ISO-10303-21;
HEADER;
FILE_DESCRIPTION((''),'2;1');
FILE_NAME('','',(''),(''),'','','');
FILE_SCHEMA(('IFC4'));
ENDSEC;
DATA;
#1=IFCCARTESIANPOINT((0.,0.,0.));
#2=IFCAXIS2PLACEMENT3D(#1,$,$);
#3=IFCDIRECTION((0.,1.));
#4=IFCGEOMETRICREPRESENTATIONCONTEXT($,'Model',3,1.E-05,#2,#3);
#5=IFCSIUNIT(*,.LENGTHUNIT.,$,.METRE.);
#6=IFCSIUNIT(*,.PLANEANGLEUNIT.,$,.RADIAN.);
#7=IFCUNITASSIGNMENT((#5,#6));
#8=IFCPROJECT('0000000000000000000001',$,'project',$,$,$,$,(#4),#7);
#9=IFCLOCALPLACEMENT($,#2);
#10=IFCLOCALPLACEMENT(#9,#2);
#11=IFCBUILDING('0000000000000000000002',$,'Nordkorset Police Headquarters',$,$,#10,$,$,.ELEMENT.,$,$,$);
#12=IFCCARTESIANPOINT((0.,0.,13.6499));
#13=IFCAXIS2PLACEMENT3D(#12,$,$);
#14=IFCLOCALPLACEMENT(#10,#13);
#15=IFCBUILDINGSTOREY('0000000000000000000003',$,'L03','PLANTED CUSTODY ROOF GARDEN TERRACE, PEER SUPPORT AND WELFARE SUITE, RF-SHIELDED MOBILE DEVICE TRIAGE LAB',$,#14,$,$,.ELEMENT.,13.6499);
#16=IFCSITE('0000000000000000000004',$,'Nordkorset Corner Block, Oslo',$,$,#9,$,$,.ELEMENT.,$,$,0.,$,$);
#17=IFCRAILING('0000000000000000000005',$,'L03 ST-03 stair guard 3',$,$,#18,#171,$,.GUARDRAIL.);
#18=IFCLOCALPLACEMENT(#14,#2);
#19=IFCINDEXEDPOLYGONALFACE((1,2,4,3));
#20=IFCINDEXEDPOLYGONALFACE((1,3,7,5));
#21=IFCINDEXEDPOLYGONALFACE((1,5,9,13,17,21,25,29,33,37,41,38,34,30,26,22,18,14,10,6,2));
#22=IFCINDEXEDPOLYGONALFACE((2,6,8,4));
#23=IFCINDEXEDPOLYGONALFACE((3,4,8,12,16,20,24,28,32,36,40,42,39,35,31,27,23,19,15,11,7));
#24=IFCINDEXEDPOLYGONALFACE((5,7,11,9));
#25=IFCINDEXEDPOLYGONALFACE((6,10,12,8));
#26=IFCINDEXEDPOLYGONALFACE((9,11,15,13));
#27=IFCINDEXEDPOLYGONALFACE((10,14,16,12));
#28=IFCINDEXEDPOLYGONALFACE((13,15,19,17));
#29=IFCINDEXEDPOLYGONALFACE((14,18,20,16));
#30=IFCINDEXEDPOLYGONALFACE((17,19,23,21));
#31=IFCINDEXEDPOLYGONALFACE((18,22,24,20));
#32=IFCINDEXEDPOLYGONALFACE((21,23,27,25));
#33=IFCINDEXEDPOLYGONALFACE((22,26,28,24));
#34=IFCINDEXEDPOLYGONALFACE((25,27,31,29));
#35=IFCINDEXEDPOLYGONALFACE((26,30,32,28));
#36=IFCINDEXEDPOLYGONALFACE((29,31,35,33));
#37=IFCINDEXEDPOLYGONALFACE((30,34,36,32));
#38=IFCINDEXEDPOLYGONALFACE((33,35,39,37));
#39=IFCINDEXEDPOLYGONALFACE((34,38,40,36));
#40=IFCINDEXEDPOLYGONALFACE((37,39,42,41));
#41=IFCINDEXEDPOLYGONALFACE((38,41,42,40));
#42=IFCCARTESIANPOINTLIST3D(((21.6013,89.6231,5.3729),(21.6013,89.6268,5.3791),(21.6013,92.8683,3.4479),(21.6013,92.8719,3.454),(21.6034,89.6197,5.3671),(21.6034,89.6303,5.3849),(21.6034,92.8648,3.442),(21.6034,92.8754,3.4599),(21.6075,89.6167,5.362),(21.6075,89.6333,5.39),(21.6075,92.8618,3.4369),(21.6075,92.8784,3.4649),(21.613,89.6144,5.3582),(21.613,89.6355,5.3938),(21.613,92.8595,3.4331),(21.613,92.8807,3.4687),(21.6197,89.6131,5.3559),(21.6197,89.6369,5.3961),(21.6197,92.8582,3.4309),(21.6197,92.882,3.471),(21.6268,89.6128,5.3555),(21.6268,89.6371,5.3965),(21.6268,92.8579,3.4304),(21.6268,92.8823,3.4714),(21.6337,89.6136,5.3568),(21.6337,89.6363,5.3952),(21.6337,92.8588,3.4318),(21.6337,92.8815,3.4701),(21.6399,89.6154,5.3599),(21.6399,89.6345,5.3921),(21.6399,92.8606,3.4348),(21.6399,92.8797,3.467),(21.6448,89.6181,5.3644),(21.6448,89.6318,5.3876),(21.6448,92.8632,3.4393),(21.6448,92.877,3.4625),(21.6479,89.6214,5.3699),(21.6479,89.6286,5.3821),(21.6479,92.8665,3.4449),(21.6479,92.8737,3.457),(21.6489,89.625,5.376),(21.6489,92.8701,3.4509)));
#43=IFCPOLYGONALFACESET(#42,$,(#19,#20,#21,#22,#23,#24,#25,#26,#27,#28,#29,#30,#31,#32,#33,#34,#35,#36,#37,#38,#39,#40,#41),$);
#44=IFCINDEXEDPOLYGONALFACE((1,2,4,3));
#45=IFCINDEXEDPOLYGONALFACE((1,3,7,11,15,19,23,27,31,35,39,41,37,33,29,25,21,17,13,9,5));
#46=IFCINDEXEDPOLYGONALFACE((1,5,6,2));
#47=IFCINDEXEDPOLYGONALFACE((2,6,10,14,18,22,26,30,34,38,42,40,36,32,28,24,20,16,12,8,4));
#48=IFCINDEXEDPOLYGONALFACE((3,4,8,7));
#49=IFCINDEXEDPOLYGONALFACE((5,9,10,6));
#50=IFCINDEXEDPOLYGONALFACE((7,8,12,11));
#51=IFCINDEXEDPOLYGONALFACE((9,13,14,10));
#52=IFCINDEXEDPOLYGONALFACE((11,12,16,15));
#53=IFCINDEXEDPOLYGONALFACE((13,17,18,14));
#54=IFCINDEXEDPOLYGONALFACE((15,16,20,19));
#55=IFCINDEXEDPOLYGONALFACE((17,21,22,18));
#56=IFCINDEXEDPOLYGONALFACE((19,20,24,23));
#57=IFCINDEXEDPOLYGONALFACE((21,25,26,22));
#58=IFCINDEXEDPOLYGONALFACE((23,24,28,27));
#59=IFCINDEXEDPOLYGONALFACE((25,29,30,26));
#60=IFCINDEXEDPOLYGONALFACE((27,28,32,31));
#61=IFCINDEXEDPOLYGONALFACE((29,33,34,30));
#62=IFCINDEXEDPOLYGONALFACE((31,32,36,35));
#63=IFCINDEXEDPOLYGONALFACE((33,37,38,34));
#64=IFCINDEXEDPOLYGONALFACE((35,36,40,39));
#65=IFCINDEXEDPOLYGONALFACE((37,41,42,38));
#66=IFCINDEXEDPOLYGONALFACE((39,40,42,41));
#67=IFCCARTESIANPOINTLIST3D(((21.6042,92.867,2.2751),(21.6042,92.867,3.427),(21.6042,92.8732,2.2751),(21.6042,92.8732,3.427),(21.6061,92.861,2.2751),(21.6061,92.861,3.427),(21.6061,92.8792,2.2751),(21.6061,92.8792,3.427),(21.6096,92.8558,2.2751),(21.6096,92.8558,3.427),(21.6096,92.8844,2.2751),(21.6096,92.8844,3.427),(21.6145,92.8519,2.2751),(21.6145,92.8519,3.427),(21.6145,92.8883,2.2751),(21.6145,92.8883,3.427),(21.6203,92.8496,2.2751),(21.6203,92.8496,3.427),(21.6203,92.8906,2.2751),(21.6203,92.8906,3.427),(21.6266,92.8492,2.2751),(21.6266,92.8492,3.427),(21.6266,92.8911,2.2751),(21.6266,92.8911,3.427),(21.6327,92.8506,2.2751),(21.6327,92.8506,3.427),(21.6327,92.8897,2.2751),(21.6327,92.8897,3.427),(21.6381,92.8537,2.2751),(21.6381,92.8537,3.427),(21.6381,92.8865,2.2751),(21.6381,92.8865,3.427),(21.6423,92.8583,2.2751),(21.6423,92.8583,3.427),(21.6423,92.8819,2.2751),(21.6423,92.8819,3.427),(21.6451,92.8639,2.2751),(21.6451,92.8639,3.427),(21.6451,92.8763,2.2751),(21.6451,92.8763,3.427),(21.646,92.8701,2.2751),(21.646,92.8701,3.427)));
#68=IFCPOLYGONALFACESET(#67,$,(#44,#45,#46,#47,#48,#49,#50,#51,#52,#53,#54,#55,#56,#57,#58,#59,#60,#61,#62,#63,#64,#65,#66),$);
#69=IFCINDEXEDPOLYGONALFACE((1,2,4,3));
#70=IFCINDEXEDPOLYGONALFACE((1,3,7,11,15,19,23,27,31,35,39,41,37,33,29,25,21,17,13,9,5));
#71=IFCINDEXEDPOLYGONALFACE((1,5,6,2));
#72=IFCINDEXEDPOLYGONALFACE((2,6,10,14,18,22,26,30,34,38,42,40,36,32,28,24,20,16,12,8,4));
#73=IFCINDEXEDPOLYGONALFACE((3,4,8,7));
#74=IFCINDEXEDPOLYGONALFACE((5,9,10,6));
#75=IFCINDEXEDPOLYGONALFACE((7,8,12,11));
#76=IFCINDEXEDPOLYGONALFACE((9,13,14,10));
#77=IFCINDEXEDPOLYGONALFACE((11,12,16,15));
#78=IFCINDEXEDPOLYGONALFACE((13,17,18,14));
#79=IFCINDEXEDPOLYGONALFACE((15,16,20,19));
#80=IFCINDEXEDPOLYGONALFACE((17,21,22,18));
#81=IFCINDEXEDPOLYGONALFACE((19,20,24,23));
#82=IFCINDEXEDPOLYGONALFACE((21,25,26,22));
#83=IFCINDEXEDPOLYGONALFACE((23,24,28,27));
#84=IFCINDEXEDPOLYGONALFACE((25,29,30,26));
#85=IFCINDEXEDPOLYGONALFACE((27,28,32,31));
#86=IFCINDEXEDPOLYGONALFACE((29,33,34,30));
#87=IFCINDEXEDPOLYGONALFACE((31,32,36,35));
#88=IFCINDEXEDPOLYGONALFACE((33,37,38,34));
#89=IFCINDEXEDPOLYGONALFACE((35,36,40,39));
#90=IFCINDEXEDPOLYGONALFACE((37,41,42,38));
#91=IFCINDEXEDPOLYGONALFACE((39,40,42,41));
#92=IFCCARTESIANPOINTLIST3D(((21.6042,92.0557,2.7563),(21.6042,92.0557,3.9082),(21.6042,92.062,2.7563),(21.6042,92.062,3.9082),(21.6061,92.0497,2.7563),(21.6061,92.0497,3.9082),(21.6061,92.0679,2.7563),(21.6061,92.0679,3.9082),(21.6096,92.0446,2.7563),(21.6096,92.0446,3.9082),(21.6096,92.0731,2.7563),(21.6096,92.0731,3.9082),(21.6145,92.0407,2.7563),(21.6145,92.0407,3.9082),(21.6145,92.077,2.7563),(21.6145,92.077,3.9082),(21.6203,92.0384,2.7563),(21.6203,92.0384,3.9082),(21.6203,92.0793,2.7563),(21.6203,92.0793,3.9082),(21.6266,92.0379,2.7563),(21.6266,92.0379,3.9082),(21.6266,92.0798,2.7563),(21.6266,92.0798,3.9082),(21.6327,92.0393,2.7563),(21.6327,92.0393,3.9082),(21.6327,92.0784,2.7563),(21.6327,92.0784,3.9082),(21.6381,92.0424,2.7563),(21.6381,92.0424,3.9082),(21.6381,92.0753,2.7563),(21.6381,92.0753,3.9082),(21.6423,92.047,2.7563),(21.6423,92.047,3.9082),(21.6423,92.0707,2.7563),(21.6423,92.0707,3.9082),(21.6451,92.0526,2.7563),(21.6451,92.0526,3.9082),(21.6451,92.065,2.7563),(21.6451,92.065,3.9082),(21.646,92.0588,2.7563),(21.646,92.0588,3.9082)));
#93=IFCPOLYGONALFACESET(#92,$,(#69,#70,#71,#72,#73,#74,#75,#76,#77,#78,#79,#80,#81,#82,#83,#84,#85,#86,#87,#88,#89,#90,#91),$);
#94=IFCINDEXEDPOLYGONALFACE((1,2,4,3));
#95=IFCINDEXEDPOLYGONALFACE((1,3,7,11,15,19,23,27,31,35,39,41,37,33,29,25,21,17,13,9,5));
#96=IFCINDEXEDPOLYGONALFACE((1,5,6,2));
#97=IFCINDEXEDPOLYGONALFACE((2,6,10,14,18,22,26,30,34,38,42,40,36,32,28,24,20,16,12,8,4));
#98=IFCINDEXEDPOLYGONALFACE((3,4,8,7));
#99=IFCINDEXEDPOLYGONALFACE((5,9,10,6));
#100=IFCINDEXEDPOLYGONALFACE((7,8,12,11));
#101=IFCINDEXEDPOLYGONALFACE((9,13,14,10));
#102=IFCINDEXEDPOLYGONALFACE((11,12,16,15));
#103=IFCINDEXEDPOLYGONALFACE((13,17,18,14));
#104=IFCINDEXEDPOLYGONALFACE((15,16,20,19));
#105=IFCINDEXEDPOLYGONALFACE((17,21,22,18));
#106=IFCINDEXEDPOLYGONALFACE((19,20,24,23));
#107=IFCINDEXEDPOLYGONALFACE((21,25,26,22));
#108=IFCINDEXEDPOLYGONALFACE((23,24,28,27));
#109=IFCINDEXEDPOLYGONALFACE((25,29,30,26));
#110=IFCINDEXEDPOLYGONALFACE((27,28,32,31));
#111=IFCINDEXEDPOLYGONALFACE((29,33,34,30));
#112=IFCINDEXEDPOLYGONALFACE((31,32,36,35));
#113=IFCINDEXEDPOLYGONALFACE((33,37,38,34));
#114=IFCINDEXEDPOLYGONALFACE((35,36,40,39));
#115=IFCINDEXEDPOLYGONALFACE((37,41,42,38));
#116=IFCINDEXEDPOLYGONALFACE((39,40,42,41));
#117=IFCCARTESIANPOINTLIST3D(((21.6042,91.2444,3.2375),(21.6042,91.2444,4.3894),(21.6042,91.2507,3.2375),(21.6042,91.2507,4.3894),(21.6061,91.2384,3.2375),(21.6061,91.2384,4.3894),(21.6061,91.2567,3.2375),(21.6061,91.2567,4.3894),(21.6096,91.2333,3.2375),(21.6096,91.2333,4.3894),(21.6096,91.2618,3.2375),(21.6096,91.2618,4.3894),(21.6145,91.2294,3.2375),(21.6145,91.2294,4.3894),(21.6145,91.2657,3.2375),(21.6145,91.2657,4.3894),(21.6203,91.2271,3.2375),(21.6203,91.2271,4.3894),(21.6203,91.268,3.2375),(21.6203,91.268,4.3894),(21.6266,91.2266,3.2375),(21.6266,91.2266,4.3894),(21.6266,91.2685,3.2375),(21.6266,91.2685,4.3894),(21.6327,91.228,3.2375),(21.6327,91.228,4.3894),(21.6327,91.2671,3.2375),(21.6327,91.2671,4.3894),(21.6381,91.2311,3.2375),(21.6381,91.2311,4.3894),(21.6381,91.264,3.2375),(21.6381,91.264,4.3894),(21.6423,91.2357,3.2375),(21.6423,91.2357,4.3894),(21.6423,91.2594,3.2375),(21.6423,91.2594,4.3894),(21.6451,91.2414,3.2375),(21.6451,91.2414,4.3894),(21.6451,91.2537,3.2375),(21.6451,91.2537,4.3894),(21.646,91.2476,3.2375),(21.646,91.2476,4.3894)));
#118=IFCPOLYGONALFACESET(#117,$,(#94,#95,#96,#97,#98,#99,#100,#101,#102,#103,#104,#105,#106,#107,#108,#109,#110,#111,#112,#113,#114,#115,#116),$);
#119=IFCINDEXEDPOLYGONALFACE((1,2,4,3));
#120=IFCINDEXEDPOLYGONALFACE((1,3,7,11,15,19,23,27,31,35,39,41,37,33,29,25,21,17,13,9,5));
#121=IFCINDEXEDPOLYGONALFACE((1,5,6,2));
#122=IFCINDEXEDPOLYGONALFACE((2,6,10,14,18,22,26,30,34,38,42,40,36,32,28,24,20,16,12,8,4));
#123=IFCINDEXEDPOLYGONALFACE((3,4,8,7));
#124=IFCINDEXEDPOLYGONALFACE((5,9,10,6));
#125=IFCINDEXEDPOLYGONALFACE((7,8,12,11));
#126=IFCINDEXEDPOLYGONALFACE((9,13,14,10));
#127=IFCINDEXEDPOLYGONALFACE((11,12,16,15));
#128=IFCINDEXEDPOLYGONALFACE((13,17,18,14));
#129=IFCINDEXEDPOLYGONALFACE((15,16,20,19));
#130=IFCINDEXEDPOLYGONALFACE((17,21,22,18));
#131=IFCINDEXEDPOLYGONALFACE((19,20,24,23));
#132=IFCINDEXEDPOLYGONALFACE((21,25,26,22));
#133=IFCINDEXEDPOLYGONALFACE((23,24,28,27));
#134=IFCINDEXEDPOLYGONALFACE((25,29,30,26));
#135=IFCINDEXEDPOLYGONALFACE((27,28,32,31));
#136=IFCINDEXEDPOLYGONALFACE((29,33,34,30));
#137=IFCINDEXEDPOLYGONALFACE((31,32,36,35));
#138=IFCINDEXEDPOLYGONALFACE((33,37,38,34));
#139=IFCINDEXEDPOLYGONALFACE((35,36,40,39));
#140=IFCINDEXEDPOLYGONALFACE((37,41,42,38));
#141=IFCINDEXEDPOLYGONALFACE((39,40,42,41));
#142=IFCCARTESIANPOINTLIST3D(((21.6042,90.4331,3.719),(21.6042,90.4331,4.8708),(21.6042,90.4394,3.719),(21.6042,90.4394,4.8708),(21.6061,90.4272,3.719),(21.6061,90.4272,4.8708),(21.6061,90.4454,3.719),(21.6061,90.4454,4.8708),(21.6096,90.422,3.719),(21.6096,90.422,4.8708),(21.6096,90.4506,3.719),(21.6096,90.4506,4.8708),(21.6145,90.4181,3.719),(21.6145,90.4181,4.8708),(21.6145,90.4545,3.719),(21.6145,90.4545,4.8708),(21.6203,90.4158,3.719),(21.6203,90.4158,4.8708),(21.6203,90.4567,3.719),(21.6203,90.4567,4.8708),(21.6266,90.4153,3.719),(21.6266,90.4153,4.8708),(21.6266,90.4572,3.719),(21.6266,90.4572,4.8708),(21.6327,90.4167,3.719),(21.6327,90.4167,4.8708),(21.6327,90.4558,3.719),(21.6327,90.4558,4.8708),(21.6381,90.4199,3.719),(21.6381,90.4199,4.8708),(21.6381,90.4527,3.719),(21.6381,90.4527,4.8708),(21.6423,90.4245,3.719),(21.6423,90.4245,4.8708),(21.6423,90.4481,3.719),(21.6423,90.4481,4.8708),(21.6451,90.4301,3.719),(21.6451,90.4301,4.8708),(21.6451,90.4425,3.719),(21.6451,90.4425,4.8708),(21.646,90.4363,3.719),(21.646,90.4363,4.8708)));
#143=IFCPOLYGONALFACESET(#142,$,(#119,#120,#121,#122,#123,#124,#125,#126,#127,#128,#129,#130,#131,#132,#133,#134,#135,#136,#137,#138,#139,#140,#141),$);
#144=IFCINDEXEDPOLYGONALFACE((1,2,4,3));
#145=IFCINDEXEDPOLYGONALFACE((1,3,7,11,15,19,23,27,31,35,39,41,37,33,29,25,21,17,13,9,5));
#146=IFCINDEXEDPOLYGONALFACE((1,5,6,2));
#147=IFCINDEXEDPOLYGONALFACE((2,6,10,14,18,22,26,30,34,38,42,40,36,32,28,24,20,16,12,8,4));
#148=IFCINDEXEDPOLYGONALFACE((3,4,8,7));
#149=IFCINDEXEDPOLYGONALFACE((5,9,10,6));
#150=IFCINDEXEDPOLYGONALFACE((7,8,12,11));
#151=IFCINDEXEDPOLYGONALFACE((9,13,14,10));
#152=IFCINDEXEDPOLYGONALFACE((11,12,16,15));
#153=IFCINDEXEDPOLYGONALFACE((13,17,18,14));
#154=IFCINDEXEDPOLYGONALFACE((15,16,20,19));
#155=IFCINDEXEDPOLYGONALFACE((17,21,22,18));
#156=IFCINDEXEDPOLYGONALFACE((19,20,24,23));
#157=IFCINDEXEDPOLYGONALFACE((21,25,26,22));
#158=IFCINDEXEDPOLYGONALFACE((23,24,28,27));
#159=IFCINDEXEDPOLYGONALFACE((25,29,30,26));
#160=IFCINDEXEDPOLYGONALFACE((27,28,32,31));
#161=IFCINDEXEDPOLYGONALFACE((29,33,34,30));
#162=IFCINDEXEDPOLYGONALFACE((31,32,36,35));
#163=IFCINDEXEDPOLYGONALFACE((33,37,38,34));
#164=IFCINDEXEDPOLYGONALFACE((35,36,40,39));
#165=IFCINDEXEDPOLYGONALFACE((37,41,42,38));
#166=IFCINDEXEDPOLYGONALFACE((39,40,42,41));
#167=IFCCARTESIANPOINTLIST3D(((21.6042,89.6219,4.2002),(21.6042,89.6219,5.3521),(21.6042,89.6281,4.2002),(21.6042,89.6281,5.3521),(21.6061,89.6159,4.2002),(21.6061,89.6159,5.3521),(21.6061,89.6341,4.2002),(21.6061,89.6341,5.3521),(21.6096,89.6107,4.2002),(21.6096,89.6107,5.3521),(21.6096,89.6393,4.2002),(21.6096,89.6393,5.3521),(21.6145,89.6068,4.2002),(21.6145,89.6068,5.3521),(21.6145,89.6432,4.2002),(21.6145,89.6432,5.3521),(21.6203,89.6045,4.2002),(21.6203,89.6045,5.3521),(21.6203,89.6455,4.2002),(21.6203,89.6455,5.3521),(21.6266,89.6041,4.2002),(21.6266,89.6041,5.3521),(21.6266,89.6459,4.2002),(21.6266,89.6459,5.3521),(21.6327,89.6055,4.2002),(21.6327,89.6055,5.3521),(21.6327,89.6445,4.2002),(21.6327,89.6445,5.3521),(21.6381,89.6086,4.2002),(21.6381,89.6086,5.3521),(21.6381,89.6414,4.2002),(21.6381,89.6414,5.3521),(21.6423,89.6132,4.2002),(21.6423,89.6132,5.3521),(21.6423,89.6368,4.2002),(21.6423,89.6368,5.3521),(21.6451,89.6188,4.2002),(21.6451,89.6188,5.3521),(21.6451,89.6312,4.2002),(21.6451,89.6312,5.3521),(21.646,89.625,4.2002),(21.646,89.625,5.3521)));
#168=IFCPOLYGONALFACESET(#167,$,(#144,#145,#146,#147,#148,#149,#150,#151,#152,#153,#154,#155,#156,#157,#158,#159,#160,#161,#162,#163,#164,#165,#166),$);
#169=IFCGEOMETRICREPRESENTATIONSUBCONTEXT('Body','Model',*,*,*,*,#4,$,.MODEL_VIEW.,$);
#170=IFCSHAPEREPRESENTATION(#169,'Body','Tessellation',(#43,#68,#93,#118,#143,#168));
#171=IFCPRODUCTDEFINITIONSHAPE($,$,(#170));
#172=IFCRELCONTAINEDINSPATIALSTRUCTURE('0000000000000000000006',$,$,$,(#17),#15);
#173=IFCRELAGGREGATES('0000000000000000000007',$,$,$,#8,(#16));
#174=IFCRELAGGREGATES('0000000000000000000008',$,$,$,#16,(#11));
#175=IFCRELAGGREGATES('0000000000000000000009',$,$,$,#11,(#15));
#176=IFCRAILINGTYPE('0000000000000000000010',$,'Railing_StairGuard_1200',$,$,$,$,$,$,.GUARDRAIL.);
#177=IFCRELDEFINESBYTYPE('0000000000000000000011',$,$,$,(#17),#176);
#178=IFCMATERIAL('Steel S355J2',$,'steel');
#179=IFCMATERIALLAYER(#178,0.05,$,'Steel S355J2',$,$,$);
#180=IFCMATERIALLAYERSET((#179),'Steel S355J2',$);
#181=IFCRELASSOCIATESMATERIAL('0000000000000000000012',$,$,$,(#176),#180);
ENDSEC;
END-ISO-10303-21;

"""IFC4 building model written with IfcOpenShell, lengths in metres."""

from ifc_helpers import new_model, si_unit, direction, frame, origin, origin_2d, place, context, subcontext, project, spatial, circle, extrude, material, layer, layer_set, type_object, element, save


model = new_model("IFC4")

# Units and contexts
model_context = context("Model", 3, precision=1e-05, world=origin(), true_north=direction((0.0, 1.0)))
body_context = subcontext(model_context, "Body", "Model", "MODEL_VIEW")
ifc_project = project(units=[si_unit("LENGTHUNIT", "METRE"), si_unit("PLANEANGLEUNIT", "RADIAN")], contexts=[model_context])

# Site, building, storey
site_placement = place(None, origin())
site = spatial("IfcSite", under=ifc_project, at=site_placement, Name="Nordkorset Corner Block, Oslo", CompositionType="ELEMENT", RefElevation=0.0)
building_placement = place(site_placement, origin())
building = spatial("IfcBuilding", under=site, at=building_placement, Name="Nordkorset Police Headquarters", CompositionType="ELEMENT")
storey_placement = place(building_placement, frame((0.0, 0.0, 13.6499)))
storey = spatial("IfcBuildingStorey", under=building, at=storey_placement, Name="L03", Description="PLANTED CUSTODY ROOF GARDEN TERRACE, PEER SUPPORT AND WELFARE SUITE, RF-SHIELDED MOBILE DEVICE TRIAGE LAB", CompositionType="ELEMENT", Elevation=13.6499)

# Railing
ifc_material_1 = material(Name="Steel S355J2", Category="steel")
ifc_layer_1 = layer(ifc_material_1, 0.05, Name="Steel S355J2")
ifc_layer_set_1 = layer_set([ifc_layer_1], Name="Steel S355J2")
railing_type_1 = type_object("IfcRailingType", Name="Railing_StairGuard_1200", PredefinedType="GUARDRAIL", material=ifc_layer_set_1)
railing_1_placement = place(storey_placement, frame((21.625, 92.8701, 2.2751)))
element("IfcRailing", 1, at=railing_1_placement, inside=storey, type_object=railing_type_1, Name="L03 ST-03 stair guard 3", PredefinedType="GUARDRAIL", context=body_context, shape_type="SweptSolid", body=[
    extrude(circle(Radius=0.0239, at=origin_2d()), frame((0.0, 0.0, 1.1758), z_axis=(0.0, -0.860057, 0.510198), x_axis=(1.0, 0.0, 0.0)), (0.0, 0.0, 1.0), 3.7732),
    extrude(circle(Radius=0.021, at=origin_2d()), origin(), (0.0, 0.0, 1.0), 1.1519),
    extrude(circle(Radius=0.021, at=origin_2d()), frame((0.0, -0.8113, 0.4812)), (0.0, 0.0, 1.0), 1.1519),
    extrude(circle(Radius=0.021, at=origin_2d()), frame((0.0, -1.6226, 0.9624)), (0.0, 0.0, 1.0), 1.1519),
    extrude(circle(Radius=0.021, at=origin_2d()), frame((0.0, -2.4338, 1.4438)), (0.0, 0.0, 1.0), 1.1519),
    extrude(circle(Radius=0.021, at=origin_2d()), frame((0.0, -3.2451, 1.925)), (0.0, 0.0, 1.0), 1.1519),
])

save(model, "model.ifc")
